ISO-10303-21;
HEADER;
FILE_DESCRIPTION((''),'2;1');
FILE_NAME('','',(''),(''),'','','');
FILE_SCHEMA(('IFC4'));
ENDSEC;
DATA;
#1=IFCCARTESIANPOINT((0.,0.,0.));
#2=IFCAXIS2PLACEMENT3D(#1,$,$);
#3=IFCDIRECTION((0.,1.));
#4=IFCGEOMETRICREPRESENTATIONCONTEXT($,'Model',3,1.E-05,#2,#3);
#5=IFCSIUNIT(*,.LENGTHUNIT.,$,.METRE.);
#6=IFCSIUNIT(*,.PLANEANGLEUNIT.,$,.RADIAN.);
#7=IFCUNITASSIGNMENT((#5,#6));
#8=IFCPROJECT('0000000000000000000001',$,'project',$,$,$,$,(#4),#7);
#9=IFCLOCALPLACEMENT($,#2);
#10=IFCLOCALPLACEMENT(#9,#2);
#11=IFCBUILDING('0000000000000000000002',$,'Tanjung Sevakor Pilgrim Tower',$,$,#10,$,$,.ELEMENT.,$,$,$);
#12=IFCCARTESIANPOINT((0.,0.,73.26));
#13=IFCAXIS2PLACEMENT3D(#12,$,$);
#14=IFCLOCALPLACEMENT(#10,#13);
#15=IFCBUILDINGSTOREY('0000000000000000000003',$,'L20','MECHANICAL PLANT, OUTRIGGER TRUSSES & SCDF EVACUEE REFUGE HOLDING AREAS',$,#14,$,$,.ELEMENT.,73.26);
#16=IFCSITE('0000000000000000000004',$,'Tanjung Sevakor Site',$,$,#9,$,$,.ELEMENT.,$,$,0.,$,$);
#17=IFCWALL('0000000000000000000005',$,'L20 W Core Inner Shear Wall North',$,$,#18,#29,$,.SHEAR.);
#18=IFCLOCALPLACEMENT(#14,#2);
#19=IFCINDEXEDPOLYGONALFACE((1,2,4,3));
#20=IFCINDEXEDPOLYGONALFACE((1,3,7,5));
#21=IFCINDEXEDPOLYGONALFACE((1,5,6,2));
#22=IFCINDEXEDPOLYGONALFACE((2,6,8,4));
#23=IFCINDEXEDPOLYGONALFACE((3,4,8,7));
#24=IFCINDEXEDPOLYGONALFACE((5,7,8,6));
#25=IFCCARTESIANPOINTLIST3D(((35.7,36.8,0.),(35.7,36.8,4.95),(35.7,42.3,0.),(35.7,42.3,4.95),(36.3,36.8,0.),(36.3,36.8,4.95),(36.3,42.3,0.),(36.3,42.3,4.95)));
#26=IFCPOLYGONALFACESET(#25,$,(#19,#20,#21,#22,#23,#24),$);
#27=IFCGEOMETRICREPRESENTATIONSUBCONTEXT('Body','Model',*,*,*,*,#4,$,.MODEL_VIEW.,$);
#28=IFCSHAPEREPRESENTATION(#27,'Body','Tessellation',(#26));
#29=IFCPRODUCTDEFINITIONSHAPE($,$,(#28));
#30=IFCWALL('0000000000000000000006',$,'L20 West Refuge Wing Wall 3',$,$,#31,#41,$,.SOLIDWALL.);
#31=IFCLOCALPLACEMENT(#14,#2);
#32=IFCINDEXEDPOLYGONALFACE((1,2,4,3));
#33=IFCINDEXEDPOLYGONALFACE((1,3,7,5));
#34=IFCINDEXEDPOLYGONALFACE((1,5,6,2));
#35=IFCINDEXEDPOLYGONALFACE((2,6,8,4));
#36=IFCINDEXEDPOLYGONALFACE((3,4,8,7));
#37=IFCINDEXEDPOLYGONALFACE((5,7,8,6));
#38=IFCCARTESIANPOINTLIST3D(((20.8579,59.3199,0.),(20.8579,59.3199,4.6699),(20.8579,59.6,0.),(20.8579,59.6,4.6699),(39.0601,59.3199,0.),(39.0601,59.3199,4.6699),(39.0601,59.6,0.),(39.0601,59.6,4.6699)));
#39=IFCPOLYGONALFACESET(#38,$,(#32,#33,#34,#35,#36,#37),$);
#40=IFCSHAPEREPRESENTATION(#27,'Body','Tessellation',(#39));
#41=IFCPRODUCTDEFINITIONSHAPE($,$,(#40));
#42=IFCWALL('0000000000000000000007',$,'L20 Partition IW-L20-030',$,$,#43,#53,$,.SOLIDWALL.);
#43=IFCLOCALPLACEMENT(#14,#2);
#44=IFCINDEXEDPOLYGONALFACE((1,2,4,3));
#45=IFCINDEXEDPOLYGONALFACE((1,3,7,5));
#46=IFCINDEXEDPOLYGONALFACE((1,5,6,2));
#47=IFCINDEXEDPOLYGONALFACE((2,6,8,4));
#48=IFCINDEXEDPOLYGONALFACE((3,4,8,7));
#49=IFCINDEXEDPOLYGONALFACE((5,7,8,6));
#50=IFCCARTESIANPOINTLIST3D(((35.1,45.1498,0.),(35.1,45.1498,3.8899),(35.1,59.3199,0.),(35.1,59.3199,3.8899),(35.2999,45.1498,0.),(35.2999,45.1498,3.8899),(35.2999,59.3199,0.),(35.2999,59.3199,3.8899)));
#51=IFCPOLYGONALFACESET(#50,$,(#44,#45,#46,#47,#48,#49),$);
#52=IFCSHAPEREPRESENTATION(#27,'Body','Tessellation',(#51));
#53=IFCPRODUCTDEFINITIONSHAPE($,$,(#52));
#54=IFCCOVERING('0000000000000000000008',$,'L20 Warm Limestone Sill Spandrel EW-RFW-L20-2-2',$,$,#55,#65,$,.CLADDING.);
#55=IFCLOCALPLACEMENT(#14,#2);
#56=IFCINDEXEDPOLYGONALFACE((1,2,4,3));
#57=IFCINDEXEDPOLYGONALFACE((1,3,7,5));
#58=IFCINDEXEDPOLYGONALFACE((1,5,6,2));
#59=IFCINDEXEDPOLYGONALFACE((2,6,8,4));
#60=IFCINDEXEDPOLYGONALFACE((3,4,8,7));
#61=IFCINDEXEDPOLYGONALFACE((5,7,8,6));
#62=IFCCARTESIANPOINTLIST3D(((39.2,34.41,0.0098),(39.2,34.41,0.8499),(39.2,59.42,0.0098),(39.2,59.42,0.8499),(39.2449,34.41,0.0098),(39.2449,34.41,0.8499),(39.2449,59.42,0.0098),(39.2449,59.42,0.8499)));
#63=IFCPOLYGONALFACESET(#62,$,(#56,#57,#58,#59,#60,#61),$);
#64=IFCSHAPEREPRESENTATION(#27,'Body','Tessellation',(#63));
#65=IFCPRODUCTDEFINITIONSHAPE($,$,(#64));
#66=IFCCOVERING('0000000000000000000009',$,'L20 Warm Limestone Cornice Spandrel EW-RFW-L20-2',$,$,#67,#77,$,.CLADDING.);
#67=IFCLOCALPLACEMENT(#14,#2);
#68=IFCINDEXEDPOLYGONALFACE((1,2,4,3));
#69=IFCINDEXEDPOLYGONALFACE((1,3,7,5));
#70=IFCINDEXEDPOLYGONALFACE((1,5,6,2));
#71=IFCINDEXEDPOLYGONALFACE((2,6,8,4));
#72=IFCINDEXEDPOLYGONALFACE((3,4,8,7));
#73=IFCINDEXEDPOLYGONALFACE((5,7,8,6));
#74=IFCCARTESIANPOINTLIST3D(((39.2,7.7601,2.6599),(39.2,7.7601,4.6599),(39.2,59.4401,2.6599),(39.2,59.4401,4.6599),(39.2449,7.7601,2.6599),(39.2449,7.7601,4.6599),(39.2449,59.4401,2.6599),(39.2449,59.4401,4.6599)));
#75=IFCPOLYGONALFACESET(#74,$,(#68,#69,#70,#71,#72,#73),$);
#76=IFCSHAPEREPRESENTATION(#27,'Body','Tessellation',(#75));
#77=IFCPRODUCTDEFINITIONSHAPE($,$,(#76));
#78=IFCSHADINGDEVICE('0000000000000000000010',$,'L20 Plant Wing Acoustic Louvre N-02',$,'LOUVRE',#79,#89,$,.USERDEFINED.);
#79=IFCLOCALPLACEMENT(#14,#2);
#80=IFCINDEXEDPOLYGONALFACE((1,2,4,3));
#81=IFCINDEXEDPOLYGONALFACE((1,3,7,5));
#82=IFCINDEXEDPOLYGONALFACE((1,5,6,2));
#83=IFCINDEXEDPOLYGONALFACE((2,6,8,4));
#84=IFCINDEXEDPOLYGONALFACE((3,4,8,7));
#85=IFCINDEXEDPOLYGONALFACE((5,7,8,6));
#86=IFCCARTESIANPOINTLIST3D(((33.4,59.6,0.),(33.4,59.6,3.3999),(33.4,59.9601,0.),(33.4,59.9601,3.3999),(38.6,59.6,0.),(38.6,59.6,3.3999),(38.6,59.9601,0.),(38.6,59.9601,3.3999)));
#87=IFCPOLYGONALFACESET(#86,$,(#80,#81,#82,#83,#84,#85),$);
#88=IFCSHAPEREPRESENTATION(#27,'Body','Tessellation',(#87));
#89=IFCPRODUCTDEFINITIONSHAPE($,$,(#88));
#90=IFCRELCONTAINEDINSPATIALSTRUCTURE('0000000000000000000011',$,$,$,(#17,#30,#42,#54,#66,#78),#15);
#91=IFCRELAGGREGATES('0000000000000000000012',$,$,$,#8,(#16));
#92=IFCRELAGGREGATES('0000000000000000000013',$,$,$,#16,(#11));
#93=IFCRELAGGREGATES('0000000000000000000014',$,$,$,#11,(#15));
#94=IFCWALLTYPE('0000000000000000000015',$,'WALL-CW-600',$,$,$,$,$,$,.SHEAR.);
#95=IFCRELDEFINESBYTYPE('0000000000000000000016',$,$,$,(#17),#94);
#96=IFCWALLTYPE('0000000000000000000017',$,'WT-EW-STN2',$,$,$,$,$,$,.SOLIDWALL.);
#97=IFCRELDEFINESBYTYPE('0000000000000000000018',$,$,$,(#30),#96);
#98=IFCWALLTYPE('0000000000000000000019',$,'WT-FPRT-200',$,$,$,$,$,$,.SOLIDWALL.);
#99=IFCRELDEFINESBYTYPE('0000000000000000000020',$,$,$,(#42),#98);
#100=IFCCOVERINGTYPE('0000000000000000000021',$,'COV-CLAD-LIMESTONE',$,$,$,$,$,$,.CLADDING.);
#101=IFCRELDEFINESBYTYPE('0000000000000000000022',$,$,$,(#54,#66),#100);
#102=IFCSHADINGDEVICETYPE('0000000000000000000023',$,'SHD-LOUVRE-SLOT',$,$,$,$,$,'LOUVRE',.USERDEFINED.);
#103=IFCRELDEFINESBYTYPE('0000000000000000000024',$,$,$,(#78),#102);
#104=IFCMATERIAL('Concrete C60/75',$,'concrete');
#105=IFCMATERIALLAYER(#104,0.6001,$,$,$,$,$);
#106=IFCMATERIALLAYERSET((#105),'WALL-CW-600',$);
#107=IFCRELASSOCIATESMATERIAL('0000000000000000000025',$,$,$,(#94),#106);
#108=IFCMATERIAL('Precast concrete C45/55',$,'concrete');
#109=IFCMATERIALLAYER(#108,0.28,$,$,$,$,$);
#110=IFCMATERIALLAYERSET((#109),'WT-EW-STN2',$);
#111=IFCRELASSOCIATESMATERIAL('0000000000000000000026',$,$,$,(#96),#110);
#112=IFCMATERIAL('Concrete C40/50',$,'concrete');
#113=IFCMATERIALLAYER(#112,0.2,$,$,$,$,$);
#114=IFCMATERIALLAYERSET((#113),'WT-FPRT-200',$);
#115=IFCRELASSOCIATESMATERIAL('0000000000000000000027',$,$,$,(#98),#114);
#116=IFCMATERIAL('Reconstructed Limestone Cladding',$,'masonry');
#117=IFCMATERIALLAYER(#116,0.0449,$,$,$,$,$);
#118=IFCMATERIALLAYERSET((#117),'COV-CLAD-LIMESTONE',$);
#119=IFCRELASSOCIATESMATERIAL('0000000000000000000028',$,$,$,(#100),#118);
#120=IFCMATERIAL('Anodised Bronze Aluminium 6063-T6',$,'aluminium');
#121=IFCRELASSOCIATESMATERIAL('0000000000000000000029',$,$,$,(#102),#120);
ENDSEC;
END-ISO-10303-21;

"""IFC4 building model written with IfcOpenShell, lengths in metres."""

from ifc_helpers import new_model, si_unit, direction, frame, frame_2d, origin, origin_2d, place, context, subcontext, project, spatial, rectangle, extrude, material, layer, layer_set, type_object, element, save


model = new_model("IFC4")

# Units and contexts
model_context = context("Model", 3, precision=1e-05, world=origin(), true_north=direction((0.0, 1.0)))
body_context = subcontext(model_context, "Body", "Model", "MODEL_VIEW")
ifc_project = project(units=[si_unit("LENGTHUNIT", "METRE"), si_unit("PLANEANGLEUNIT", "RADIAN")], contexts=[model_context])

# Site, building, storey
site_placement = place(None, origin())
site = spatial("IfcSite", under=ifc_project, at=site_placement, Name="Tanjung Sevakor Site", CompositionType="ELEMENT", RefElevation=0.0)
building_placement = place(site_placement, origin())
building = spatial("IfcBuilding", under=site, at=building_placement, Name="Tanjung Sevakor Pilgrim Tower", CompositionType="ELEMENT")
storey_placement = place(building_placement, frame((0.0, 0.0, 73.26)))
storey = spatial("IfcBuildingStorey", under=building, at=storey_placement, Name="L20", Description="MECHANICAL PLANT, OUTRIGGER TRUSSES & SCDF EVACUEE REFUGE HOLDING AREAS", CompositionType="ELEMENT", Elevation=73.26)

# Walls
ifc_material_1 = material(Name="Concrete C60/75", Category="concrete")
ifc_layer_1 = layer(ifc_material_1, 0.6001)
ifc_layer_set_1 = layer_set([ifc_layer_1], Name="WALL-CW-600")
wall_type_1 = type_object("IfcWallType", Name="WALL-CW-600", PredefinedType="SHEAR", material=ifc_layer_set_1)
wall_1_placement = place(storey_placement, frame((36.0, 36.8, 0.0), z_axis=(0.0, 0.0, 1.0), x_axis=(0.0, 1.0, 0.0)))
element("IfcWall", 1, at=wall_1_placement, inside=storey, type_object=wall_type_1, Name="L20 W Core Inner Shear Wall North", PredefinedType="SHEAR", context=body_context, shape_type="SweptSolid", body=[
    extrude(rectangle(XDim=5.5, YDim=0.6001, at=frame_2d((2.75, 0.0))), origin(), (0.0, 0.0, 1.0), 4.95),
])
ifc_material_2 = material(Name="Precast concrete C45/55", Category="concrete")
ifc_layer_2 = layer(ifc_material_2, 0.28)
ifc_layer_set_2 = layer_set([ifc_layer_2], Name="WT-EW-STN2")
wall_type_2 = type_object("IfcWallType", Name="WT-EW-STN2", PredefinedType="SOLIDWALL", material=ifc_layer_set_2)
wall_2_placement = place(storey_placement, frame((39.0601, 59.46, 0.0), z_axis=(0.0, 0.0, 1.0), x_axis=(-1.0, 0.0, 0.0)))
element("IfcWall", 2, at=wall_2_placement, inside=storey, type_object=wall_type_2, Name="L20 West Refuge Wing Wall 3", PredefinedType="SOLIDWALL", context=body_context, shape_type="SweptSolid", body=[
    extrude(rectangle(XDim=18.2021, YDim=0.28, at=frame_2d((9.1011, 0.0))), origin(), (0.0, 0.0, 1.0), 4.6699),
])
ifc_material_3 = material(Name="Concrete C40/50", Category="concrete")
ifc_layer_3 = layer(ifc_material_3, 0.2)
ifc_layer_set_3 = layer_set([ifc_layer_3], Name="WT-FPRT-200")
wall_type_3 = type_object("IfcWallType", Name="WT-FPRT-200", PredefinedType="SOLIDWALL", material=ifc_layer_set_3)
wall_3_placement = place(storey_placement, frame((35.2, 45.1499, 0.0), z_axis=(0.0, 0.0, 1.0), x_axis=(0.0, 1.0, 0.0)))
element("IfcWall", 3, at=wall_3_placement, inside=storey, type_object=wall_type_3, Name="L20 Partition IW-L20-030", PredefinedType="SOLIDWALL", context=body_context, shape_type="SweptSolid", body=[
    extrude(rectangle(XDim=14.1702, YDim=0.2, at=frame_2d((7.085, 0.0))), origin(), (0.0, 0.0, 1.0), 3.8899),
])

# Coverings
ifc_material_4 = material(Name="Reconstructed Limestone Cladding", Category="masonry")
ifc_layer_4 = layer(ifc_material_4, 0.0449)
ifc_layer_set_4 = layer_set([ifc_layer_4], Name="COV-CLAD-LIMESTONE")
covering_type = type_object("IfcCoveringType", Name="COV-CLAD-LIMESTONE", PredefinedType="CLADDING", material=ifc_layer_set_4)
covering_1_placement = place(storey_placement, frame((39.2224, 46.915, 0.0098), z_axis=(0.0, 0.0, 1.0), x_axis=(0.0, 1.0, 0.0)))
element("IfcCovering", 4, at=covering_1_placement, inside=storey, type_object=covering_type, Name="L20 Warm Limestone Sill Spandrel EW-RFW-L20-2-2", PredefinedType="CLADDING", context=body_context, shape_type="SweptSolid", body=[
    extrude(rectangle(XDim=25.01, YDim=0.0449, at=origin_2d()), origin(), (0.0, 0.0, 1.0), 0.8401),
])
covering_2_placement = place(storey_placement, frame((39.2224, 33.6001, 2.6599), z_axis=(0.0, 0.0, 1.0), x_axis=(0.0, 1.0, 0.0)))
element("IfcCovering", 5, at=covering_2_placement, inside=storey, type_object=covering_type, Name="L20 Warm Limestone Cornice Spandrel EW-RFW-L20-2", PredefinedType="CLADDING", context=body_context, shape_type="SweptSolid", body=[
    extrude(rectangle(XDim=51.6799, YDim=0.0449, at=origin_2d()), origin(), (0.0, 0.0, 1.0), 2.0),
])

# Shading device
ifc_material_5 = material(Name="Anodised Bronze Aluminium 6063-T6", Category="aluminium")
shading_device_type = type_object("IfcShadingDeviceType", Name="SHD-LOUVRE-SLOT", ElementType="LOUVRE", PredefinedType="USERDEFINED", material=ifc_material_5)
shading_device_placement = place(storey_placement, frame((36.0, 59.78, 0.0), z_axis=(0.0, 0.0, 1.0), x_axis=(1.0, 0.0, 0.0)))
element("IfcShadingDevice", 6, at=shading_device_placement, inside=storey, type_object=shading_device_type, Name="L20 Plant Wing Acoustic Louvre N-02", ObjectType="LOUVRE", PredefinedType="USERDEFINED", context=body_context, shape_type="SweptSolid", body=[
    extrude(rectangle(XDim=5.2, YDim=0.3601, at=origin_2d()), origin(), (0.0, 0.0, 1.0), 3.3999),
])

save(model, "model.ifc")
